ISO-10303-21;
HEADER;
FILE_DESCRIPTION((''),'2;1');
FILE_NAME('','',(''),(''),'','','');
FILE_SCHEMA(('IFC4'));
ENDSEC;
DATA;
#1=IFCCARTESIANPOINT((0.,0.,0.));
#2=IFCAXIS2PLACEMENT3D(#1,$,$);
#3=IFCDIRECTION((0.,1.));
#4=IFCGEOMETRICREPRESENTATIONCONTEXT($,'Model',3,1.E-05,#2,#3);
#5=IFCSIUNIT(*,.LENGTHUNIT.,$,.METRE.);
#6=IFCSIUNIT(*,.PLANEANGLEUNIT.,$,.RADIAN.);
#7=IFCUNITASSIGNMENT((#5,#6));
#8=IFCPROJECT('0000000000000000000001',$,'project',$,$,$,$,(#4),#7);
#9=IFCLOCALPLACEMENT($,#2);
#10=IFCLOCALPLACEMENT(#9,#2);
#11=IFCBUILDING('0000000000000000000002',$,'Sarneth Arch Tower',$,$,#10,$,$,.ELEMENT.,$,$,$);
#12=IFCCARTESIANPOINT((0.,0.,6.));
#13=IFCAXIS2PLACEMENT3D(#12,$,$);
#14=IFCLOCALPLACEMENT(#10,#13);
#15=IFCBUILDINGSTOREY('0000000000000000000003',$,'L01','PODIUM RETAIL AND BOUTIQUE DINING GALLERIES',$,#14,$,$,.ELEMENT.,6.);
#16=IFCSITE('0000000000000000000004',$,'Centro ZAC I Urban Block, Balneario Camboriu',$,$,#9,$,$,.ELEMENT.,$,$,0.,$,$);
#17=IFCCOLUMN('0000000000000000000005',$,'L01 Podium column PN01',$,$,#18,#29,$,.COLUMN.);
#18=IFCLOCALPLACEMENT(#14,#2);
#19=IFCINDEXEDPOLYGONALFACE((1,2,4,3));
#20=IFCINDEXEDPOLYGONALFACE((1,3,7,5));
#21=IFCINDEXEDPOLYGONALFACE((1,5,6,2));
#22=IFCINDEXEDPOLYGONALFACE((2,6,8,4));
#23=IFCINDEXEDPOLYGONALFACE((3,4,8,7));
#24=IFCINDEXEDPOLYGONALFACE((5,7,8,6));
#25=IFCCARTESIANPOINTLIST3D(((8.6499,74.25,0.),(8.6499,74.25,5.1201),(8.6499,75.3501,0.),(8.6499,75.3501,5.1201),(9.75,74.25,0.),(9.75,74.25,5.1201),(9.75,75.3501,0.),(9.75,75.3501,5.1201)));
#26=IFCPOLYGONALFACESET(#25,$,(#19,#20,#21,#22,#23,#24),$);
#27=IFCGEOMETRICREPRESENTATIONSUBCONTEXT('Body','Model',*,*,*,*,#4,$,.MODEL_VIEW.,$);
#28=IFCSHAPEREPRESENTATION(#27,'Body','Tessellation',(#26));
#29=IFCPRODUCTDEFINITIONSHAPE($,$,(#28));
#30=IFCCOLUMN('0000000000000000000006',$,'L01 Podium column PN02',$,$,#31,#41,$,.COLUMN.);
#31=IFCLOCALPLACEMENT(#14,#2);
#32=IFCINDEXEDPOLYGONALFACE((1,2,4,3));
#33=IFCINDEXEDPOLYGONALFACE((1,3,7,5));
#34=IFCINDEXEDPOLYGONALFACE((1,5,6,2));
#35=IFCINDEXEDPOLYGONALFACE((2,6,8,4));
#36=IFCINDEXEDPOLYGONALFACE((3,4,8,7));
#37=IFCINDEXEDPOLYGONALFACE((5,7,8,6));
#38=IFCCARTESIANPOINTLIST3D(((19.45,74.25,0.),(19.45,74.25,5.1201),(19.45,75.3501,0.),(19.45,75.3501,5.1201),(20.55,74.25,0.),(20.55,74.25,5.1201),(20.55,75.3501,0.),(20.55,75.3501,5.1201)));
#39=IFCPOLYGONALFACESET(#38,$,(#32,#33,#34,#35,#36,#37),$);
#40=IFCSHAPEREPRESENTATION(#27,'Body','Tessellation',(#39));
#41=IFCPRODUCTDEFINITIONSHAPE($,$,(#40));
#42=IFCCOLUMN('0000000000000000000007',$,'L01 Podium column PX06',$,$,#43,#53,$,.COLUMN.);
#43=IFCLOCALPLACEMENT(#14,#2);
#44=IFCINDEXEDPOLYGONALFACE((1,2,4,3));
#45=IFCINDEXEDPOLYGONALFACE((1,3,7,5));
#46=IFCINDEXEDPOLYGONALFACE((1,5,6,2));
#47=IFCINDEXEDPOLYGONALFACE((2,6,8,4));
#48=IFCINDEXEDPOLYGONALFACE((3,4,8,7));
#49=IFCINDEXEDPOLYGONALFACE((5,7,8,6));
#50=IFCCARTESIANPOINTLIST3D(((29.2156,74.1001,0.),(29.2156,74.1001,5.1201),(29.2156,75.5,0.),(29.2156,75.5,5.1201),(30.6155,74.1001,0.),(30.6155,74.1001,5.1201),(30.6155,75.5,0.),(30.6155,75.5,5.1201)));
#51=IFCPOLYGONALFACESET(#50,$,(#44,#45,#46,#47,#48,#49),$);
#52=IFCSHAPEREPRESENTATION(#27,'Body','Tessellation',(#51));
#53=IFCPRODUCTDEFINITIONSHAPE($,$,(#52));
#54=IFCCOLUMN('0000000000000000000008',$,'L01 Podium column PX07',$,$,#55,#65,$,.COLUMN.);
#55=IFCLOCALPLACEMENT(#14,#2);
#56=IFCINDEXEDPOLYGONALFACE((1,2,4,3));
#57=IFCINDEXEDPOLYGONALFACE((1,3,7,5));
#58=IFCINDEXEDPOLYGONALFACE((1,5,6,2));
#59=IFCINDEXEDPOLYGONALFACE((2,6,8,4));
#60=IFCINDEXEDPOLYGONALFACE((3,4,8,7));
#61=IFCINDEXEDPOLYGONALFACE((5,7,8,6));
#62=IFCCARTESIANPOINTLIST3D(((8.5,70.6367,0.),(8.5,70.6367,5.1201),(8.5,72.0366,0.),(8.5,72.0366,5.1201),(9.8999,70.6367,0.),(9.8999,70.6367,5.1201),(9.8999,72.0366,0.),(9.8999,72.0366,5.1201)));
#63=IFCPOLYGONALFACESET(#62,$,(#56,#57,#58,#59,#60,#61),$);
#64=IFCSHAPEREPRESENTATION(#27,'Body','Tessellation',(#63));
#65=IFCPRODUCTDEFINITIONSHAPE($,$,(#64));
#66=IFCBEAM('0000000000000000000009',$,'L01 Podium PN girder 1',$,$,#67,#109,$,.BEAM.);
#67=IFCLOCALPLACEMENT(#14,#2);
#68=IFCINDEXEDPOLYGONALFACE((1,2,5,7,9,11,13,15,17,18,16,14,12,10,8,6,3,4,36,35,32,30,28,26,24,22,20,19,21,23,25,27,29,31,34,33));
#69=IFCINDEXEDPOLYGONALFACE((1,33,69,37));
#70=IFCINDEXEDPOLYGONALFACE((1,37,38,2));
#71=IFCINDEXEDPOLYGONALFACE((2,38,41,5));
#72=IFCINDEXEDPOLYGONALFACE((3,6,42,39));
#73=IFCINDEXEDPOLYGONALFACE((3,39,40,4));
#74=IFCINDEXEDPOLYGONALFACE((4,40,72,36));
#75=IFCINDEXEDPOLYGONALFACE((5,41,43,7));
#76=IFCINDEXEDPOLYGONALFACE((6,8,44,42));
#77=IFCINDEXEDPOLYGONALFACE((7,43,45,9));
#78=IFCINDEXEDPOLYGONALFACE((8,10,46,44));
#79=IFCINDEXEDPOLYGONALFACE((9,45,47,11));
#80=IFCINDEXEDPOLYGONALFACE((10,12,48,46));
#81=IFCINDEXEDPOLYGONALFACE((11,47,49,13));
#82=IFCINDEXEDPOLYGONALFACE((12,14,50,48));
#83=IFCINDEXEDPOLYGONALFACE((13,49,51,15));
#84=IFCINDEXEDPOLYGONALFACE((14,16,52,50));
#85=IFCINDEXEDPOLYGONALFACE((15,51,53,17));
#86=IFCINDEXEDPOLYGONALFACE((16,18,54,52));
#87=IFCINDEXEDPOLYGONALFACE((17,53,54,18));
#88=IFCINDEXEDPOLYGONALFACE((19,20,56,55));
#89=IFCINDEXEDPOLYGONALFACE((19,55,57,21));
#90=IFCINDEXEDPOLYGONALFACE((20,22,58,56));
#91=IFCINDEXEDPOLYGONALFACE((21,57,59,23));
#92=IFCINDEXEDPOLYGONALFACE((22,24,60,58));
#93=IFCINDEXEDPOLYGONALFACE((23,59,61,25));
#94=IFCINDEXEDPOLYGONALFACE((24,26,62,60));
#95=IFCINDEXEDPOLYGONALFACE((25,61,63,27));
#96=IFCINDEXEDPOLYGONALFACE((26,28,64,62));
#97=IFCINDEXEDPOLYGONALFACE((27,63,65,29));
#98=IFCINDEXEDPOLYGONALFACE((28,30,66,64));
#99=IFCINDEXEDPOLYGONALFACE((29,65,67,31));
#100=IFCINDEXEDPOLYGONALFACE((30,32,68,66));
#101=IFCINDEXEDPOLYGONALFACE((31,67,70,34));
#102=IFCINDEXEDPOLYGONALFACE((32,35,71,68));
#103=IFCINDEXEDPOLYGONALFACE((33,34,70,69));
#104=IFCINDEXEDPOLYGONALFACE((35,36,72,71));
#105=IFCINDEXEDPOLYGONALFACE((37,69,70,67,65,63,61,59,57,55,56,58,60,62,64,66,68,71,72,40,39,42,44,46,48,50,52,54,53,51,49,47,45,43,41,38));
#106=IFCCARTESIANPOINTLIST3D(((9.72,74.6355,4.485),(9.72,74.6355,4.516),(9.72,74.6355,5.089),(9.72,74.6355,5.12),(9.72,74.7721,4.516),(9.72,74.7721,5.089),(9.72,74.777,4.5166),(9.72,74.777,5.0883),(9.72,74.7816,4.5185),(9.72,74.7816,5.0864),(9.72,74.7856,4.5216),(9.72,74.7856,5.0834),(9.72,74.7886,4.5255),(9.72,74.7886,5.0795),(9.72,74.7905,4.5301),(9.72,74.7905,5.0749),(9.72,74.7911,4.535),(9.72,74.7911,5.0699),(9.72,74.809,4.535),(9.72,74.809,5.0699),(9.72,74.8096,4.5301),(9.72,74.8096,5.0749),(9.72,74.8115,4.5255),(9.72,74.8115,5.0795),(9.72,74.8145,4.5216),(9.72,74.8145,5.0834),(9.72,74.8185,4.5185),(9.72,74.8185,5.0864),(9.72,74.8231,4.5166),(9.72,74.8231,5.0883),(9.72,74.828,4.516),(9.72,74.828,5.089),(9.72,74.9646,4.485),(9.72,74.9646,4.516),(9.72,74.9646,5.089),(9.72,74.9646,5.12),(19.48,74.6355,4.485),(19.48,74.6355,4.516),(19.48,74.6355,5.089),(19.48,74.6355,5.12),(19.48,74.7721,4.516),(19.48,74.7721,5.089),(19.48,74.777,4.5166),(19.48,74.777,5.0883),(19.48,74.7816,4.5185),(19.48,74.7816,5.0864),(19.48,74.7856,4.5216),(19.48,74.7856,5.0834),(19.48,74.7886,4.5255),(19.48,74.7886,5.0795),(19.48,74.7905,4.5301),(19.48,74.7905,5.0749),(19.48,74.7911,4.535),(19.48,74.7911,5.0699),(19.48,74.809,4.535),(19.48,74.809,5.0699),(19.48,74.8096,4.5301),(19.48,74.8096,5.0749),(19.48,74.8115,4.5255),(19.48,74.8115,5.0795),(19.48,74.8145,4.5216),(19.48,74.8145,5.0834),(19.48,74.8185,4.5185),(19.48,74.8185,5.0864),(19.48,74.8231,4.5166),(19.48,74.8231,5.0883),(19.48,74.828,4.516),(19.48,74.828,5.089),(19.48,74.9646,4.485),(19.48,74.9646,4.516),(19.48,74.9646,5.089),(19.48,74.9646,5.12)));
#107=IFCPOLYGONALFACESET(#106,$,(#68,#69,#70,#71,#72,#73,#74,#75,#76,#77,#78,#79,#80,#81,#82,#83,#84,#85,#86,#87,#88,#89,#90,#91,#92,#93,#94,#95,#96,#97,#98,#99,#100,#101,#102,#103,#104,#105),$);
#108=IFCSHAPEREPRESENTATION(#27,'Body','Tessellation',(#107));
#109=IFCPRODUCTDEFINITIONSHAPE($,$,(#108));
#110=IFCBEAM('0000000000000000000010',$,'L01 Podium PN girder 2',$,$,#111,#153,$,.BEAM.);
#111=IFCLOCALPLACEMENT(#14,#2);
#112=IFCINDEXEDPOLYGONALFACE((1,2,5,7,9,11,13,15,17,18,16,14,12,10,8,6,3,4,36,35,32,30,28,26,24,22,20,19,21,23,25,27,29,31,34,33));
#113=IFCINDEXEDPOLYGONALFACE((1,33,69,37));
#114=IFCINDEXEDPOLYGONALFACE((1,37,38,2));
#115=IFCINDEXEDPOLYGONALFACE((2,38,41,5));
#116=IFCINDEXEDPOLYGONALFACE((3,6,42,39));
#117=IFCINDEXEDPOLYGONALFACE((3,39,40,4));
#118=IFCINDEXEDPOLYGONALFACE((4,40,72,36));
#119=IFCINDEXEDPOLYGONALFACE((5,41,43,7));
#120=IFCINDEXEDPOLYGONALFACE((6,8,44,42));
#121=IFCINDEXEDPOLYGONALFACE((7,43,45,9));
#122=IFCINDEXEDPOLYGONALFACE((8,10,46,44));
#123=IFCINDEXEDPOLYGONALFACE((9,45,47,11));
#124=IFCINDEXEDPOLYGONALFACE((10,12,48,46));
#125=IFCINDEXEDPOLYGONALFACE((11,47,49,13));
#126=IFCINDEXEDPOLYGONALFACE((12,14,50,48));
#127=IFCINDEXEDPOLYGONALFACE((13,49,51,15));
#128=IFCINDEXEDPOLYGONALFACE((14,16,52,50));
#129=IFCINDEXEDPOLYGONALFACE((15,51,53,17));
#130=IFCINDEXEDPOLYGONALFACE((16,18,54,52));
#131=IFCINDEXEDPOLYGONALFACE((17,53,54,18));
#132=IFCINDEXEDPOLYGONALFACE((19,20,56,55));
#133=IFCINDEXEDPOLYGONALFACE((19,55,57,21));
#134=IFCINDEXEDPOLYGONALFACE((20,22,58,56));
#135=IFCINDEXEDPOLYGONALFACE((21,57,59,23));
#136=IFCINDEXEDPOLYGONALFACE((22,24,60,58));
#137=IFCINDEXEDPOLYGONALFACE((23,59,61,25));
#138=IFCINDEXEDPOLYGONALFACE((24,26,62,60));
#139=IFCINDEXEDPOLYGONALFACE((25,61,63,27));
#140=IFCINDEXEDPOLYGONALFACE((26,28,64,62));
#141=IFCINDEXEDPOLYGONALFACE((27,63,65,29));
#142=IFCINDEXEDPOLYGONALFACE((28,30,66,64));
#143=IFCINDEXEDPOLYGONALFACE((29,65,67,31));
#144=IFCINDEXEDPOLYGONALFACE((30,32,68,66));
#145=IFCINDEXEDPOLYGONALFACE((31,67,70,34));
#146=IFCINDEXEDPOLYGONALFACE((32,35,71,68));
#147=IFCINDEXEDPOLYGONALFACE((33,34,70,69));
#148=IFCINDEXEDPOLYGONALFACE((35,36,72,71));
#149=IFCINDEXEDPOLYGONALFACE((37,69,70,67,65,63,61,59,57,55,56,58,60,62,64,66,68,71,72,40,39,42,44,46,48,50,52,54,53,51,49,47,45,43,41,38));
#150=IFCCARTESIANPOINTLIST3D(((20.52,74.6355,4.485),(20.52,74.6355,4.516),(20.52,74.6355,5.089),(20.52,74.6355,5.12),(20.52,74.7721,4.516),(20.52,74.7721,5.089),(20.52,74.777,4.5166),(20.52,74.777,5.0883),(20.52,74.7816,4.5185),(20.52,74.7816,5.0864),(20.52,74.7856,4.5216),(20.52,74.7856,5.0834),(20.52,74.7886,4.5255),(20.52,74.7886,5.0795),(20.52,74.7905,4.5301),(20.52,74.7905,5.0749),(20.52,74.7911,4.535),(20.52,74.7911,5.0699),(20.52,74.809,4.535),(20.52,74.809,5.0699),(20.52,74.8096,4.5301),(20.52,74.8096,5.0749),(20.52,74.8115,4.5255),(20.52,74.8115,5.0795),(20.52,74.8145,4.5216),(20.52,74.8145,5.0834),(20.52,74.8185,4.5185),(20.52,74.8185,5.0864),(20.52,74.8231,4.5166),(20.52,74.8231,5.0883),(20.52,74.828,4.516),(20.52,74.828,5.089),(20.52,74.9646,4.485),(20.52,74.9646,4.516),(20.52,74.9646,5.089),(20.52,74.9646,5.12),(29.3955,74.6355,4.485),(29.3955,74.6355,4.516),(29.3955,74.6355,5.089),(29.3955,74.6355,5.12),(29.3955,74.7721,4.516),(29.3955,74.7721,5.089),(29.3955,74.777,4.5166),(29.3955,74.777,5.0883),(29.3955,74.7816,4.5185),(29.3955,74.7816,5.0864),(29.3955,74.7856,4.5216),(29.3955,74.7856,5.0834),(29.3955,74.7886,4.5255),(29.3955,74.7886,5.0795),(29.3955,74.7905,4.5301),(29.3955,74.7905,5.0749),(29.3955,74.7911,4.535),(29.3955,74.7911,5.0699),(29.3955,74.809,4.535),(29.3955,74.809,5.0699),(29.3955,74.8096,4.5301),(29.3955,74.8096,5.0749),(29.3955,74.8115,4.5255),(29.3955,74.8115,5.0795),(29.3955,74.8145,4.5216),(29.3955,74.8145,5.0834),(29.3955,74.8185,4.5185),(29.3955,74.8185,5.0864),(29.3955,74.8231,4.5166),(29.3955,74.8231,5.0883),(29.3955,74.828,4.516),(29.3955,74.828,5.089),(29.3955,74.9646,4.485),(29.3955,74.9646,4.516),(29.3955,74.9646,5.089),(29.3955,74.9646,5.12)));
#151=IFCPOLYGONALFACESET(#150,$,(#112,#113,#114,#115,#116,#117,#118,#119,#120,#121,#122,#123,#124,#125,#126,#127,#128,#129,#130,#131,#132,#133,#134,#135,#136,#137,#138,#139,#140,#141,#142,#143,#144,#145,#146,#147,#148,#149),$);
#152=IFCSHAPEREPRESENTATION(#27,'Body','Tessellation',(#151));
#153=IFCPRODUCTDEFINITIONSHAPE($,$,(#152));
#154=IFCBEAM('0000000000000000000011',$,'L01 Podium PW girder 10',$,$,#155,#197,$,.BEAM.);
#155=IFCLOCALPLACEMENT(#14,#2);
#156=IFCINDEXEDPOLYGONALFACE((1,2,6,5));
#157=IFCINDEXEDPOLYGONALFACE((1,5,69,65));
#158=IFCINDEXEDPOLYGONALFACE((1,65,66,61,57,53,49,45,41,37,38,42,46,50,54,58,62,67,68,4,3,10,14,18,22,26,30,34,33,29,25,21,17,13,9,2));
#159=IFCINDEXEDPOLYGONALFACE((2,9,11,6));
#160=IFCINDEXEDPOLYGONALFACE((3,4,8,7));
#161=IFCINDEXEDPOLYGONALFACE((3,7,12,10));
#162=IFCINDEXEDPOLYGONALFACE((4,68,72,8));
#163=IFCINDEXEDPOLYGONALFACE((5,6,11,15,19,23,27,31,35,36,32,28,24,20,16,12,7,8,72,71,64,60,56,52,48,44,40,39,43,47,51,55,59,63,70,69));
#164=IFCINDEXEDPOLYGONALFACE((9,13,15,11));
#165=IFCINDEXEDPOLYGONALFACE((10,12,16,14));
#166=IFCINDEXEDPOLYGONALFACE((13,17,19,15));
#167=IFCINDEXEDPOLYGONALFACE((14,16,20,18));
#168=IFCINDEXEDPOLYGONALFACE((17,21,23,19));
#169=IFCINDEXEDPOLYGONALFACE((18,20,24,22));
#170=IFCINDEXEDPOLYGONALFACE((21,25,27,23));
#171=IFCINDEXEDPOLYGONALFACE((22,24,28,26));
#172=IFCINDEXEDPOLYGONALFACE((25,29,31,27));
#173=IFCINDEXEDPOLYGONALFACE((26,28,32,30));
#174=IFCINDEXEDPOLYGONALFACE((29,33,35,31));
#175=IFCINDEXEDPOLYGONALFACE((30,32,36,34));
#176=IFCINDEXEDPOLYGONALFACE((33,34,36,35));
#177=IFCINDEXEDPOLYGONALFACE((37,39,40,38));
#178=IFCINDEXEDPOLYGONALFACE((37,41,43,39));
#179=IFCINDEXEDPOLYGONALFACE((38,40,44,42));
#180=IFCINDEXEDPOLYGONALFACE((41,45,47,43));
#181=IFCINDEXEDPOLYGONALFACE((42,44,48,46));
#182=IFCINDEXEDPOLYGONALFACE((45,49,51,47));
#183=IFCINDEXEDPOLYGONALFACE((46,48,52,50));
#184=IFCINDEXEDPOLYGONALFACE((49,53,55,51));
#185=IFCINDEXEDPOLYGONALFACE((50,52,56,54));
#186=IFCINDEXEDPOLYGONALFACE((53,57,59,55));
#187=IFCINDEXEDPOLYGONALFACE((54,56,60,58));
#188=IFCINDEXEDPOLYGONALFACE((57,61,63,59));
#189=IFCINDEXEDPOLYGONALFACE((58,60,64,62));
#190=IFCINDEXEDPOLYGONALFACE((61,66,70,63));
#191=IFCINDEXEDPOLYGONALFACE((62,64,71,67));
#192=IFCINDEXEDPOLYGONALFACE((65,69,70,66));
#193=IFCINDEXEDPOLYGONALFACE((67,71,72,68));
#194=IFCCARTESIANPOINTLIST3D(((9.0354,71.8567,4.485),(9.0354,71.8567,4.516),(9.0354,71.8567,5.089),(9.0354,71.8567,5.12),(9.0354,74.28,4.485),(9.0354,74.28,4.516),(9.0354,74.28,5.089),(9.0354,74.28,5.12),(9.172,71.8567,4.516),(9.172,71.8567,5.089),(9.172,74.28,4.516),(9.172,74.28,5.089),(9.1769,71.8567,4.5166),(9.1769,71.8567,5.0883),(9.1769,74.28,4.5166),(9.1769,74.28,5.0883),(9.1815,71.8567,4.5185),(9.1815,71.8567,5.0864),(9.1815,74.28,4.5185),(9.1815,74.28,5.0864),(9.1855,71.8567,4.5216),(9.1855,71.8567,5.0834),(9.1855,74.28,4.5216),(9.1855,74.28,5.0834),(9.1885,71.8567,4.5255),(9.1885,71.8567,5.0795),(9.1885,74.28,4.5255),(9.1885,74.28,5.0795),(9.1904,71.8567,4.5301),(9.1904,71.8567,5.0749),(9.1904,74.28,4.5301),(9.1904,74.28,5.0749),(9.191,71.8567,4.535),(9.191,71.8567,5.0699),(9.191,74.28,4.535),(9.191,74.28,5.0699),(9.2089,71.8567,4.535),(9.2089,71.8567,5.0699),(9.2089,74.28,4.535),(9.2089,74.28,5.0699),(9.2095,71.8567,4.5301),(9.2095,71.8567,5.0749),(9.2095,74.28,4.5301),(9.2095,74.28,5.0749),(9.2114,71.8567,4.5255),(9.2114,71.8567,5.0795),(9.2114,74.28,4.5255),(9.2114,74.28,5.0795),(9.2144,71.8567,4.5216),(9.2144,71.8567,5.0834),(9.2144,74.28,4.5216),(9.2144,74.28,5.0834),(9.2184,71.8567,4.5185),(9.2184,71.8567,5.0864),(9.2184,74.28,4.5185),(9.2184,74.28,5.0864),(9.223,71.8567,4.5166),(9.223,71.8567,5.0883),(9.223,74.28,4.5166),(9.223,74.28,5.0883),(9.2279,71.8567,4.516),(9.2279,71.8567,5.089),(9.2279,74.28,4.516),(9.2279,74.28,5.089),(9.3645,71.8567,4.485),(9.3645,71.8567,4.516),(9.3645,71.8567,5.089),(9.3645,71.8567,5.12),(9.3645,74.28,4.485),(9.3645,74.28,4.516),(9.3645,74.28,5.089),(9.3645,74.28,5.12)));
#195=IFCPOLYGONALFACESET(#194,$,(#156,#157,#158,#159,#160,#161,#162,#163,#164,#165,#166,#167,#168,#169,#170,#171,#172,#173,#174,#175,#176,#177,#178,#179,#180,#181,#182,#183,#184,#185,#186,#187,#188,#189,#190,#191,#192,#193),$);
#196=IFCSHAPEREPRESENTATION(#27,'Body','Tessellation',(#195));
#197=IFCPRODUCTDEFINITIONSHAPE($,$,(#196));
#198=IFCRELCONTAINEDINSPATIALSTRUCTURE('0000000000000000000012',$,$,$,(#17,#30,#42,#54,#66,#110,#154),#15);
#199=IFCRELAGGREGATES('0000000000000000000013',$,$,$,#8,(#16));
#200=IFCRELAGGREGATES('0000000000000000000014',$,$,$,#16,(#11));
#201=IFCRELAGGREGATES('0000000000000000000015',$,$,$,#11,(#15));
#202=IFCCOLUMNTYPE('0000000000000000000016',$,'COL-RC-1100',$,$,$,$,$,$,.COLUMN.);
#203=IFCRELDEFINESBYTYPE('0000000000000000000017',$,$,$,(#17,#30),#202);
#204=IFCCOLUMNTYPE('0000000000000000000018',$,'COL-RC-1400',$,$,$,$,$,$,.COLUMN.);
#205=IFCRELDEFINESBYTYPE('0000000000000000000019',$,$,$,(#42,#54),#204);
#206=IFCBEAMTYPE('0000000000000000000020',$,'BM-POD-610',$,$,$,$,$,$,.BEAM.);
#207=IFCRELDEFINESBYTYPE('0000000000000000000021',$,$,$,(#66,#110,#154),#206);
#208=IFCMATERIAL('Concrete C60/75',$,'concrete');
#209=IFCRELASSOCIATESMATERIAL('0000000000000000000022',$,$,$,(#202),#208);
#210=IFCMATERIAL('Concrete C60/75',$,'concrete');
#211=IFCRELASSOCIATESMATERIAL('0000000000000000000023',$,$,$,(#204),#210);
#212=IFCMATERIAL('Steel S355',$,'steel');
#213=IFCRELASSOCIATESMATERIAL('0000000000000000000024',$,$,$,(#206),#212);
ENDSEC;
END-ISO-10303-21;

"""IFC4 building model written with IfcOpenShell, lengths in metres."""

from ifc_helpers import new_model, si_unit, direction, frame, origin, origin_2d, place, context, subcontext, project, spatial, rectangle, i_section, extrude, material, material_profile, profile_set, type_object, element, save


model = new_model("IFC4")

# Units and contexts
model_context = context("Model", 3, precision=1e-05, world=origin(), true_north=direction((0.0, 1.0)))
body_context = subcontext(model_context, "Body", "Model", "MODEL_VIEW")
ifc_project = project(units=[si_unit("LENGTHUNIT", "METRE"), si_unit("PLANEANGLEUNIT", "RADIAN")], contexts=[model_context])

# Site, building, storey
site_placement = place(None, origin())
site = spatial("IfcSite", under=ifc_project, at=site_placement, Name="Centro ZAC I Urban Block, Balneario Camboriu", CompositionType="ELEMENT", RefElevation=0.0)
building_placement = place(site_placement, origin())
building = spatial("IfcBuilding", under=site, at=building_placement, Name="Sarneth Arch Tower", CompositionType="ELEMENT")
storey_placement = place(building_placement, frame((0.0, 0.0, 6.0)))
storey = spatial("IfcBuildingStorey", under=building, at=storey_placement, Name="L01", Description="PODIUM RETAIL AND BOUTIQUE DINING GALLERIES", CompositionType="ELEMENT", Elevation=6.0)

# Columns
ifc_material_1 = material(Name="Concrete C60/75", Category="concrete")
ifc_material_profile_1 = material_profile(ifc_material_1, rectangle(XDim=1.1001, YDim=1.1001, at=origin_2d()), Name="RC-1100x1100")
ifc_profile_set_1 = profile_set([ifc_material_profile_1], Name="Concrete C60/75")
column_type_1 = type_object("IfcColumnType", Name="COL-RC-1100", PredefinedType="COLUMN", material=ifc_profile_set_1)
for number, where, z_axis, x_axis, name in (
    (1, (9.2, 74.8, 0.0), (0.0, 0.0, 1.0), (1.0, 0.0, 0.0), "L01 Podium column PN01"),
    (2, (20.0, 74.8, 0.0), (0.0, 0.0, 1.0), (1.0, 0.0, 0.0), "L01 Podium column PN02"),
):
    element("IfcColumn", number, at=place(storey_placement, frame(where, z_axis=z_axis, x_axis=x_axis)), inside=storey, type_object=column_type_1, Name=name, PredefinedType="COLUMN", context=body_context, shape_type="SweptSolid", body=[
        extrude(rectangle(XDim=1.1001, YDim=1.1001, at=origin_2d()), origin(), (0.0, 0.0, 1.0), 5.1201),
    ])
ifc_material_2 = material(Name="Concrete C60/75", Category="concrete")
ifc_material_profile_2 = material_profile(ifc_material_2, rectangle(XDim=1.3999, YDim=1.3999, at=origin_2d()), Name="RC-1400x1400")
ifc_profile_set_2 = profile_set([ifc_material_profile_2], Name="Concrete C60/75")
column_type_2 = type_object("IfcColumnType", Name="COL-RC-1400", PredefinedType="COLUMN", material=ifc_profile_set_2)
for number, where, z_axis, x_axis, name in (
    (3, (29.9155, 74.8, 0.0), (0.0, 0.0, 1.0), (1.0, 0.0, 0.0), "L01 Podium column PX06"),
    (4, (9.2, 71.3367, 0.0), (0.0, 0.0, 1.0), (1.0, 0.0, 0.0), "L01 Podium column PX07"),
):
    element("IfcColumn", number, at=place(storey_placement, frame(where, z_axis=z_axis, x_axis=x_axis)), inside=storey, type_object=column_type_2, Name=name, PredefinedType="COLUMN", context=body_context, shape_type="SweptSolid", body=[
        extrude(rectangle(XDim=1.3999, YDim=1.3999, at=origin_2d()), origin(), (0.0, 0.0, 1.0), 5.1201),
    ])

# Beams
ifc_material_3 = material(Name="Steel S355", Category="steel")
ifc_material_profile_3 = material_profile(ifc_material_3, i_section(OverallWidth=0.3291, OverallDepth=0.635, WebThickness=0.0178, FlangeThickness=0.031, FilletRadius=0.019, at=origin_2d()), Name="W610x241")
ifc_profile_set_3 = profile_set([ifc_material_profile_3], Name="Steel S355")
beam_type = type_object("IfcBeamType", Name="BM-POD-610", PredefinedType="BEAM", material=ifc_profile_set_3)
beam_1_placement = place(storey_placement, frame((9.72, 74.8, 4.8025), z_axis=(1.0, 0.0, 0.0), x_axis=(0.0, 1.0, 0.0)))
element("IfcBeam", 5, at=beam_1_placement, inside=storey, type_object=beam_type, Name="L01 Podium PN girder 1", PredefinedType="BEAM", context=body_context, shape_type="SweptSolid", body=[
    extrude(i_section(OverallWidth=0.3291, OverallDepth=0.635, WebThickness=0.0178, FlangeThickness=0.031, FilletRadius=0.019, at=origin_2d()), origin(), (0.0, 0.0, 1.0), 9.76),
])
beam_2_placement = place(storey_placement, frame((20.52, 74.8, 4.8025), z_axis=(1.0, 0.0, 0.0), x_axis=(0.0, 1.0, 0.0)))
element("IfcBeam", 6, at=beam_2_placement, inside=storey, type_object=beam_type, Name="L01 Podium PN girder 2", PredefinedType="BEAM", context=body_context, shape_type="SweptSolid", body=[
    extrude(i_section(OverallWidth=0.3291, OverallDepth=0.635, WebThickness=0.0178, FlangeThickness=0.031, FilletRadius=0.019, at=origin_2d()), origin(), (0.0, 0.0, 1.0), 8.8755),
])
beam_3_placement = place(storey_placement, frame((9.2, 71.8567, 4.8025), z_axis=(0.0, 1.0, 0.0), x_axis=(-1.0, 0.0, 0.0)))
element("IfcBeam", 7, at=beam_3_placement, inside=storey, type_object=beam_type, Name="L01 Podium PW girder 10", PredefinedType="BEAM", context=body_context, shape_type="SweptSolid", body=[
    extrude(i_section(OverallWidth=0.3291, OverallDepth=0.635, WebThickness=0.0178, FlangeThickness=0.031, FilletRadius=0.019, at=origin_2d()), origin(), (0.0, 0.0, 1.0), 2.4233),
])

save(model, "model.ifc")
